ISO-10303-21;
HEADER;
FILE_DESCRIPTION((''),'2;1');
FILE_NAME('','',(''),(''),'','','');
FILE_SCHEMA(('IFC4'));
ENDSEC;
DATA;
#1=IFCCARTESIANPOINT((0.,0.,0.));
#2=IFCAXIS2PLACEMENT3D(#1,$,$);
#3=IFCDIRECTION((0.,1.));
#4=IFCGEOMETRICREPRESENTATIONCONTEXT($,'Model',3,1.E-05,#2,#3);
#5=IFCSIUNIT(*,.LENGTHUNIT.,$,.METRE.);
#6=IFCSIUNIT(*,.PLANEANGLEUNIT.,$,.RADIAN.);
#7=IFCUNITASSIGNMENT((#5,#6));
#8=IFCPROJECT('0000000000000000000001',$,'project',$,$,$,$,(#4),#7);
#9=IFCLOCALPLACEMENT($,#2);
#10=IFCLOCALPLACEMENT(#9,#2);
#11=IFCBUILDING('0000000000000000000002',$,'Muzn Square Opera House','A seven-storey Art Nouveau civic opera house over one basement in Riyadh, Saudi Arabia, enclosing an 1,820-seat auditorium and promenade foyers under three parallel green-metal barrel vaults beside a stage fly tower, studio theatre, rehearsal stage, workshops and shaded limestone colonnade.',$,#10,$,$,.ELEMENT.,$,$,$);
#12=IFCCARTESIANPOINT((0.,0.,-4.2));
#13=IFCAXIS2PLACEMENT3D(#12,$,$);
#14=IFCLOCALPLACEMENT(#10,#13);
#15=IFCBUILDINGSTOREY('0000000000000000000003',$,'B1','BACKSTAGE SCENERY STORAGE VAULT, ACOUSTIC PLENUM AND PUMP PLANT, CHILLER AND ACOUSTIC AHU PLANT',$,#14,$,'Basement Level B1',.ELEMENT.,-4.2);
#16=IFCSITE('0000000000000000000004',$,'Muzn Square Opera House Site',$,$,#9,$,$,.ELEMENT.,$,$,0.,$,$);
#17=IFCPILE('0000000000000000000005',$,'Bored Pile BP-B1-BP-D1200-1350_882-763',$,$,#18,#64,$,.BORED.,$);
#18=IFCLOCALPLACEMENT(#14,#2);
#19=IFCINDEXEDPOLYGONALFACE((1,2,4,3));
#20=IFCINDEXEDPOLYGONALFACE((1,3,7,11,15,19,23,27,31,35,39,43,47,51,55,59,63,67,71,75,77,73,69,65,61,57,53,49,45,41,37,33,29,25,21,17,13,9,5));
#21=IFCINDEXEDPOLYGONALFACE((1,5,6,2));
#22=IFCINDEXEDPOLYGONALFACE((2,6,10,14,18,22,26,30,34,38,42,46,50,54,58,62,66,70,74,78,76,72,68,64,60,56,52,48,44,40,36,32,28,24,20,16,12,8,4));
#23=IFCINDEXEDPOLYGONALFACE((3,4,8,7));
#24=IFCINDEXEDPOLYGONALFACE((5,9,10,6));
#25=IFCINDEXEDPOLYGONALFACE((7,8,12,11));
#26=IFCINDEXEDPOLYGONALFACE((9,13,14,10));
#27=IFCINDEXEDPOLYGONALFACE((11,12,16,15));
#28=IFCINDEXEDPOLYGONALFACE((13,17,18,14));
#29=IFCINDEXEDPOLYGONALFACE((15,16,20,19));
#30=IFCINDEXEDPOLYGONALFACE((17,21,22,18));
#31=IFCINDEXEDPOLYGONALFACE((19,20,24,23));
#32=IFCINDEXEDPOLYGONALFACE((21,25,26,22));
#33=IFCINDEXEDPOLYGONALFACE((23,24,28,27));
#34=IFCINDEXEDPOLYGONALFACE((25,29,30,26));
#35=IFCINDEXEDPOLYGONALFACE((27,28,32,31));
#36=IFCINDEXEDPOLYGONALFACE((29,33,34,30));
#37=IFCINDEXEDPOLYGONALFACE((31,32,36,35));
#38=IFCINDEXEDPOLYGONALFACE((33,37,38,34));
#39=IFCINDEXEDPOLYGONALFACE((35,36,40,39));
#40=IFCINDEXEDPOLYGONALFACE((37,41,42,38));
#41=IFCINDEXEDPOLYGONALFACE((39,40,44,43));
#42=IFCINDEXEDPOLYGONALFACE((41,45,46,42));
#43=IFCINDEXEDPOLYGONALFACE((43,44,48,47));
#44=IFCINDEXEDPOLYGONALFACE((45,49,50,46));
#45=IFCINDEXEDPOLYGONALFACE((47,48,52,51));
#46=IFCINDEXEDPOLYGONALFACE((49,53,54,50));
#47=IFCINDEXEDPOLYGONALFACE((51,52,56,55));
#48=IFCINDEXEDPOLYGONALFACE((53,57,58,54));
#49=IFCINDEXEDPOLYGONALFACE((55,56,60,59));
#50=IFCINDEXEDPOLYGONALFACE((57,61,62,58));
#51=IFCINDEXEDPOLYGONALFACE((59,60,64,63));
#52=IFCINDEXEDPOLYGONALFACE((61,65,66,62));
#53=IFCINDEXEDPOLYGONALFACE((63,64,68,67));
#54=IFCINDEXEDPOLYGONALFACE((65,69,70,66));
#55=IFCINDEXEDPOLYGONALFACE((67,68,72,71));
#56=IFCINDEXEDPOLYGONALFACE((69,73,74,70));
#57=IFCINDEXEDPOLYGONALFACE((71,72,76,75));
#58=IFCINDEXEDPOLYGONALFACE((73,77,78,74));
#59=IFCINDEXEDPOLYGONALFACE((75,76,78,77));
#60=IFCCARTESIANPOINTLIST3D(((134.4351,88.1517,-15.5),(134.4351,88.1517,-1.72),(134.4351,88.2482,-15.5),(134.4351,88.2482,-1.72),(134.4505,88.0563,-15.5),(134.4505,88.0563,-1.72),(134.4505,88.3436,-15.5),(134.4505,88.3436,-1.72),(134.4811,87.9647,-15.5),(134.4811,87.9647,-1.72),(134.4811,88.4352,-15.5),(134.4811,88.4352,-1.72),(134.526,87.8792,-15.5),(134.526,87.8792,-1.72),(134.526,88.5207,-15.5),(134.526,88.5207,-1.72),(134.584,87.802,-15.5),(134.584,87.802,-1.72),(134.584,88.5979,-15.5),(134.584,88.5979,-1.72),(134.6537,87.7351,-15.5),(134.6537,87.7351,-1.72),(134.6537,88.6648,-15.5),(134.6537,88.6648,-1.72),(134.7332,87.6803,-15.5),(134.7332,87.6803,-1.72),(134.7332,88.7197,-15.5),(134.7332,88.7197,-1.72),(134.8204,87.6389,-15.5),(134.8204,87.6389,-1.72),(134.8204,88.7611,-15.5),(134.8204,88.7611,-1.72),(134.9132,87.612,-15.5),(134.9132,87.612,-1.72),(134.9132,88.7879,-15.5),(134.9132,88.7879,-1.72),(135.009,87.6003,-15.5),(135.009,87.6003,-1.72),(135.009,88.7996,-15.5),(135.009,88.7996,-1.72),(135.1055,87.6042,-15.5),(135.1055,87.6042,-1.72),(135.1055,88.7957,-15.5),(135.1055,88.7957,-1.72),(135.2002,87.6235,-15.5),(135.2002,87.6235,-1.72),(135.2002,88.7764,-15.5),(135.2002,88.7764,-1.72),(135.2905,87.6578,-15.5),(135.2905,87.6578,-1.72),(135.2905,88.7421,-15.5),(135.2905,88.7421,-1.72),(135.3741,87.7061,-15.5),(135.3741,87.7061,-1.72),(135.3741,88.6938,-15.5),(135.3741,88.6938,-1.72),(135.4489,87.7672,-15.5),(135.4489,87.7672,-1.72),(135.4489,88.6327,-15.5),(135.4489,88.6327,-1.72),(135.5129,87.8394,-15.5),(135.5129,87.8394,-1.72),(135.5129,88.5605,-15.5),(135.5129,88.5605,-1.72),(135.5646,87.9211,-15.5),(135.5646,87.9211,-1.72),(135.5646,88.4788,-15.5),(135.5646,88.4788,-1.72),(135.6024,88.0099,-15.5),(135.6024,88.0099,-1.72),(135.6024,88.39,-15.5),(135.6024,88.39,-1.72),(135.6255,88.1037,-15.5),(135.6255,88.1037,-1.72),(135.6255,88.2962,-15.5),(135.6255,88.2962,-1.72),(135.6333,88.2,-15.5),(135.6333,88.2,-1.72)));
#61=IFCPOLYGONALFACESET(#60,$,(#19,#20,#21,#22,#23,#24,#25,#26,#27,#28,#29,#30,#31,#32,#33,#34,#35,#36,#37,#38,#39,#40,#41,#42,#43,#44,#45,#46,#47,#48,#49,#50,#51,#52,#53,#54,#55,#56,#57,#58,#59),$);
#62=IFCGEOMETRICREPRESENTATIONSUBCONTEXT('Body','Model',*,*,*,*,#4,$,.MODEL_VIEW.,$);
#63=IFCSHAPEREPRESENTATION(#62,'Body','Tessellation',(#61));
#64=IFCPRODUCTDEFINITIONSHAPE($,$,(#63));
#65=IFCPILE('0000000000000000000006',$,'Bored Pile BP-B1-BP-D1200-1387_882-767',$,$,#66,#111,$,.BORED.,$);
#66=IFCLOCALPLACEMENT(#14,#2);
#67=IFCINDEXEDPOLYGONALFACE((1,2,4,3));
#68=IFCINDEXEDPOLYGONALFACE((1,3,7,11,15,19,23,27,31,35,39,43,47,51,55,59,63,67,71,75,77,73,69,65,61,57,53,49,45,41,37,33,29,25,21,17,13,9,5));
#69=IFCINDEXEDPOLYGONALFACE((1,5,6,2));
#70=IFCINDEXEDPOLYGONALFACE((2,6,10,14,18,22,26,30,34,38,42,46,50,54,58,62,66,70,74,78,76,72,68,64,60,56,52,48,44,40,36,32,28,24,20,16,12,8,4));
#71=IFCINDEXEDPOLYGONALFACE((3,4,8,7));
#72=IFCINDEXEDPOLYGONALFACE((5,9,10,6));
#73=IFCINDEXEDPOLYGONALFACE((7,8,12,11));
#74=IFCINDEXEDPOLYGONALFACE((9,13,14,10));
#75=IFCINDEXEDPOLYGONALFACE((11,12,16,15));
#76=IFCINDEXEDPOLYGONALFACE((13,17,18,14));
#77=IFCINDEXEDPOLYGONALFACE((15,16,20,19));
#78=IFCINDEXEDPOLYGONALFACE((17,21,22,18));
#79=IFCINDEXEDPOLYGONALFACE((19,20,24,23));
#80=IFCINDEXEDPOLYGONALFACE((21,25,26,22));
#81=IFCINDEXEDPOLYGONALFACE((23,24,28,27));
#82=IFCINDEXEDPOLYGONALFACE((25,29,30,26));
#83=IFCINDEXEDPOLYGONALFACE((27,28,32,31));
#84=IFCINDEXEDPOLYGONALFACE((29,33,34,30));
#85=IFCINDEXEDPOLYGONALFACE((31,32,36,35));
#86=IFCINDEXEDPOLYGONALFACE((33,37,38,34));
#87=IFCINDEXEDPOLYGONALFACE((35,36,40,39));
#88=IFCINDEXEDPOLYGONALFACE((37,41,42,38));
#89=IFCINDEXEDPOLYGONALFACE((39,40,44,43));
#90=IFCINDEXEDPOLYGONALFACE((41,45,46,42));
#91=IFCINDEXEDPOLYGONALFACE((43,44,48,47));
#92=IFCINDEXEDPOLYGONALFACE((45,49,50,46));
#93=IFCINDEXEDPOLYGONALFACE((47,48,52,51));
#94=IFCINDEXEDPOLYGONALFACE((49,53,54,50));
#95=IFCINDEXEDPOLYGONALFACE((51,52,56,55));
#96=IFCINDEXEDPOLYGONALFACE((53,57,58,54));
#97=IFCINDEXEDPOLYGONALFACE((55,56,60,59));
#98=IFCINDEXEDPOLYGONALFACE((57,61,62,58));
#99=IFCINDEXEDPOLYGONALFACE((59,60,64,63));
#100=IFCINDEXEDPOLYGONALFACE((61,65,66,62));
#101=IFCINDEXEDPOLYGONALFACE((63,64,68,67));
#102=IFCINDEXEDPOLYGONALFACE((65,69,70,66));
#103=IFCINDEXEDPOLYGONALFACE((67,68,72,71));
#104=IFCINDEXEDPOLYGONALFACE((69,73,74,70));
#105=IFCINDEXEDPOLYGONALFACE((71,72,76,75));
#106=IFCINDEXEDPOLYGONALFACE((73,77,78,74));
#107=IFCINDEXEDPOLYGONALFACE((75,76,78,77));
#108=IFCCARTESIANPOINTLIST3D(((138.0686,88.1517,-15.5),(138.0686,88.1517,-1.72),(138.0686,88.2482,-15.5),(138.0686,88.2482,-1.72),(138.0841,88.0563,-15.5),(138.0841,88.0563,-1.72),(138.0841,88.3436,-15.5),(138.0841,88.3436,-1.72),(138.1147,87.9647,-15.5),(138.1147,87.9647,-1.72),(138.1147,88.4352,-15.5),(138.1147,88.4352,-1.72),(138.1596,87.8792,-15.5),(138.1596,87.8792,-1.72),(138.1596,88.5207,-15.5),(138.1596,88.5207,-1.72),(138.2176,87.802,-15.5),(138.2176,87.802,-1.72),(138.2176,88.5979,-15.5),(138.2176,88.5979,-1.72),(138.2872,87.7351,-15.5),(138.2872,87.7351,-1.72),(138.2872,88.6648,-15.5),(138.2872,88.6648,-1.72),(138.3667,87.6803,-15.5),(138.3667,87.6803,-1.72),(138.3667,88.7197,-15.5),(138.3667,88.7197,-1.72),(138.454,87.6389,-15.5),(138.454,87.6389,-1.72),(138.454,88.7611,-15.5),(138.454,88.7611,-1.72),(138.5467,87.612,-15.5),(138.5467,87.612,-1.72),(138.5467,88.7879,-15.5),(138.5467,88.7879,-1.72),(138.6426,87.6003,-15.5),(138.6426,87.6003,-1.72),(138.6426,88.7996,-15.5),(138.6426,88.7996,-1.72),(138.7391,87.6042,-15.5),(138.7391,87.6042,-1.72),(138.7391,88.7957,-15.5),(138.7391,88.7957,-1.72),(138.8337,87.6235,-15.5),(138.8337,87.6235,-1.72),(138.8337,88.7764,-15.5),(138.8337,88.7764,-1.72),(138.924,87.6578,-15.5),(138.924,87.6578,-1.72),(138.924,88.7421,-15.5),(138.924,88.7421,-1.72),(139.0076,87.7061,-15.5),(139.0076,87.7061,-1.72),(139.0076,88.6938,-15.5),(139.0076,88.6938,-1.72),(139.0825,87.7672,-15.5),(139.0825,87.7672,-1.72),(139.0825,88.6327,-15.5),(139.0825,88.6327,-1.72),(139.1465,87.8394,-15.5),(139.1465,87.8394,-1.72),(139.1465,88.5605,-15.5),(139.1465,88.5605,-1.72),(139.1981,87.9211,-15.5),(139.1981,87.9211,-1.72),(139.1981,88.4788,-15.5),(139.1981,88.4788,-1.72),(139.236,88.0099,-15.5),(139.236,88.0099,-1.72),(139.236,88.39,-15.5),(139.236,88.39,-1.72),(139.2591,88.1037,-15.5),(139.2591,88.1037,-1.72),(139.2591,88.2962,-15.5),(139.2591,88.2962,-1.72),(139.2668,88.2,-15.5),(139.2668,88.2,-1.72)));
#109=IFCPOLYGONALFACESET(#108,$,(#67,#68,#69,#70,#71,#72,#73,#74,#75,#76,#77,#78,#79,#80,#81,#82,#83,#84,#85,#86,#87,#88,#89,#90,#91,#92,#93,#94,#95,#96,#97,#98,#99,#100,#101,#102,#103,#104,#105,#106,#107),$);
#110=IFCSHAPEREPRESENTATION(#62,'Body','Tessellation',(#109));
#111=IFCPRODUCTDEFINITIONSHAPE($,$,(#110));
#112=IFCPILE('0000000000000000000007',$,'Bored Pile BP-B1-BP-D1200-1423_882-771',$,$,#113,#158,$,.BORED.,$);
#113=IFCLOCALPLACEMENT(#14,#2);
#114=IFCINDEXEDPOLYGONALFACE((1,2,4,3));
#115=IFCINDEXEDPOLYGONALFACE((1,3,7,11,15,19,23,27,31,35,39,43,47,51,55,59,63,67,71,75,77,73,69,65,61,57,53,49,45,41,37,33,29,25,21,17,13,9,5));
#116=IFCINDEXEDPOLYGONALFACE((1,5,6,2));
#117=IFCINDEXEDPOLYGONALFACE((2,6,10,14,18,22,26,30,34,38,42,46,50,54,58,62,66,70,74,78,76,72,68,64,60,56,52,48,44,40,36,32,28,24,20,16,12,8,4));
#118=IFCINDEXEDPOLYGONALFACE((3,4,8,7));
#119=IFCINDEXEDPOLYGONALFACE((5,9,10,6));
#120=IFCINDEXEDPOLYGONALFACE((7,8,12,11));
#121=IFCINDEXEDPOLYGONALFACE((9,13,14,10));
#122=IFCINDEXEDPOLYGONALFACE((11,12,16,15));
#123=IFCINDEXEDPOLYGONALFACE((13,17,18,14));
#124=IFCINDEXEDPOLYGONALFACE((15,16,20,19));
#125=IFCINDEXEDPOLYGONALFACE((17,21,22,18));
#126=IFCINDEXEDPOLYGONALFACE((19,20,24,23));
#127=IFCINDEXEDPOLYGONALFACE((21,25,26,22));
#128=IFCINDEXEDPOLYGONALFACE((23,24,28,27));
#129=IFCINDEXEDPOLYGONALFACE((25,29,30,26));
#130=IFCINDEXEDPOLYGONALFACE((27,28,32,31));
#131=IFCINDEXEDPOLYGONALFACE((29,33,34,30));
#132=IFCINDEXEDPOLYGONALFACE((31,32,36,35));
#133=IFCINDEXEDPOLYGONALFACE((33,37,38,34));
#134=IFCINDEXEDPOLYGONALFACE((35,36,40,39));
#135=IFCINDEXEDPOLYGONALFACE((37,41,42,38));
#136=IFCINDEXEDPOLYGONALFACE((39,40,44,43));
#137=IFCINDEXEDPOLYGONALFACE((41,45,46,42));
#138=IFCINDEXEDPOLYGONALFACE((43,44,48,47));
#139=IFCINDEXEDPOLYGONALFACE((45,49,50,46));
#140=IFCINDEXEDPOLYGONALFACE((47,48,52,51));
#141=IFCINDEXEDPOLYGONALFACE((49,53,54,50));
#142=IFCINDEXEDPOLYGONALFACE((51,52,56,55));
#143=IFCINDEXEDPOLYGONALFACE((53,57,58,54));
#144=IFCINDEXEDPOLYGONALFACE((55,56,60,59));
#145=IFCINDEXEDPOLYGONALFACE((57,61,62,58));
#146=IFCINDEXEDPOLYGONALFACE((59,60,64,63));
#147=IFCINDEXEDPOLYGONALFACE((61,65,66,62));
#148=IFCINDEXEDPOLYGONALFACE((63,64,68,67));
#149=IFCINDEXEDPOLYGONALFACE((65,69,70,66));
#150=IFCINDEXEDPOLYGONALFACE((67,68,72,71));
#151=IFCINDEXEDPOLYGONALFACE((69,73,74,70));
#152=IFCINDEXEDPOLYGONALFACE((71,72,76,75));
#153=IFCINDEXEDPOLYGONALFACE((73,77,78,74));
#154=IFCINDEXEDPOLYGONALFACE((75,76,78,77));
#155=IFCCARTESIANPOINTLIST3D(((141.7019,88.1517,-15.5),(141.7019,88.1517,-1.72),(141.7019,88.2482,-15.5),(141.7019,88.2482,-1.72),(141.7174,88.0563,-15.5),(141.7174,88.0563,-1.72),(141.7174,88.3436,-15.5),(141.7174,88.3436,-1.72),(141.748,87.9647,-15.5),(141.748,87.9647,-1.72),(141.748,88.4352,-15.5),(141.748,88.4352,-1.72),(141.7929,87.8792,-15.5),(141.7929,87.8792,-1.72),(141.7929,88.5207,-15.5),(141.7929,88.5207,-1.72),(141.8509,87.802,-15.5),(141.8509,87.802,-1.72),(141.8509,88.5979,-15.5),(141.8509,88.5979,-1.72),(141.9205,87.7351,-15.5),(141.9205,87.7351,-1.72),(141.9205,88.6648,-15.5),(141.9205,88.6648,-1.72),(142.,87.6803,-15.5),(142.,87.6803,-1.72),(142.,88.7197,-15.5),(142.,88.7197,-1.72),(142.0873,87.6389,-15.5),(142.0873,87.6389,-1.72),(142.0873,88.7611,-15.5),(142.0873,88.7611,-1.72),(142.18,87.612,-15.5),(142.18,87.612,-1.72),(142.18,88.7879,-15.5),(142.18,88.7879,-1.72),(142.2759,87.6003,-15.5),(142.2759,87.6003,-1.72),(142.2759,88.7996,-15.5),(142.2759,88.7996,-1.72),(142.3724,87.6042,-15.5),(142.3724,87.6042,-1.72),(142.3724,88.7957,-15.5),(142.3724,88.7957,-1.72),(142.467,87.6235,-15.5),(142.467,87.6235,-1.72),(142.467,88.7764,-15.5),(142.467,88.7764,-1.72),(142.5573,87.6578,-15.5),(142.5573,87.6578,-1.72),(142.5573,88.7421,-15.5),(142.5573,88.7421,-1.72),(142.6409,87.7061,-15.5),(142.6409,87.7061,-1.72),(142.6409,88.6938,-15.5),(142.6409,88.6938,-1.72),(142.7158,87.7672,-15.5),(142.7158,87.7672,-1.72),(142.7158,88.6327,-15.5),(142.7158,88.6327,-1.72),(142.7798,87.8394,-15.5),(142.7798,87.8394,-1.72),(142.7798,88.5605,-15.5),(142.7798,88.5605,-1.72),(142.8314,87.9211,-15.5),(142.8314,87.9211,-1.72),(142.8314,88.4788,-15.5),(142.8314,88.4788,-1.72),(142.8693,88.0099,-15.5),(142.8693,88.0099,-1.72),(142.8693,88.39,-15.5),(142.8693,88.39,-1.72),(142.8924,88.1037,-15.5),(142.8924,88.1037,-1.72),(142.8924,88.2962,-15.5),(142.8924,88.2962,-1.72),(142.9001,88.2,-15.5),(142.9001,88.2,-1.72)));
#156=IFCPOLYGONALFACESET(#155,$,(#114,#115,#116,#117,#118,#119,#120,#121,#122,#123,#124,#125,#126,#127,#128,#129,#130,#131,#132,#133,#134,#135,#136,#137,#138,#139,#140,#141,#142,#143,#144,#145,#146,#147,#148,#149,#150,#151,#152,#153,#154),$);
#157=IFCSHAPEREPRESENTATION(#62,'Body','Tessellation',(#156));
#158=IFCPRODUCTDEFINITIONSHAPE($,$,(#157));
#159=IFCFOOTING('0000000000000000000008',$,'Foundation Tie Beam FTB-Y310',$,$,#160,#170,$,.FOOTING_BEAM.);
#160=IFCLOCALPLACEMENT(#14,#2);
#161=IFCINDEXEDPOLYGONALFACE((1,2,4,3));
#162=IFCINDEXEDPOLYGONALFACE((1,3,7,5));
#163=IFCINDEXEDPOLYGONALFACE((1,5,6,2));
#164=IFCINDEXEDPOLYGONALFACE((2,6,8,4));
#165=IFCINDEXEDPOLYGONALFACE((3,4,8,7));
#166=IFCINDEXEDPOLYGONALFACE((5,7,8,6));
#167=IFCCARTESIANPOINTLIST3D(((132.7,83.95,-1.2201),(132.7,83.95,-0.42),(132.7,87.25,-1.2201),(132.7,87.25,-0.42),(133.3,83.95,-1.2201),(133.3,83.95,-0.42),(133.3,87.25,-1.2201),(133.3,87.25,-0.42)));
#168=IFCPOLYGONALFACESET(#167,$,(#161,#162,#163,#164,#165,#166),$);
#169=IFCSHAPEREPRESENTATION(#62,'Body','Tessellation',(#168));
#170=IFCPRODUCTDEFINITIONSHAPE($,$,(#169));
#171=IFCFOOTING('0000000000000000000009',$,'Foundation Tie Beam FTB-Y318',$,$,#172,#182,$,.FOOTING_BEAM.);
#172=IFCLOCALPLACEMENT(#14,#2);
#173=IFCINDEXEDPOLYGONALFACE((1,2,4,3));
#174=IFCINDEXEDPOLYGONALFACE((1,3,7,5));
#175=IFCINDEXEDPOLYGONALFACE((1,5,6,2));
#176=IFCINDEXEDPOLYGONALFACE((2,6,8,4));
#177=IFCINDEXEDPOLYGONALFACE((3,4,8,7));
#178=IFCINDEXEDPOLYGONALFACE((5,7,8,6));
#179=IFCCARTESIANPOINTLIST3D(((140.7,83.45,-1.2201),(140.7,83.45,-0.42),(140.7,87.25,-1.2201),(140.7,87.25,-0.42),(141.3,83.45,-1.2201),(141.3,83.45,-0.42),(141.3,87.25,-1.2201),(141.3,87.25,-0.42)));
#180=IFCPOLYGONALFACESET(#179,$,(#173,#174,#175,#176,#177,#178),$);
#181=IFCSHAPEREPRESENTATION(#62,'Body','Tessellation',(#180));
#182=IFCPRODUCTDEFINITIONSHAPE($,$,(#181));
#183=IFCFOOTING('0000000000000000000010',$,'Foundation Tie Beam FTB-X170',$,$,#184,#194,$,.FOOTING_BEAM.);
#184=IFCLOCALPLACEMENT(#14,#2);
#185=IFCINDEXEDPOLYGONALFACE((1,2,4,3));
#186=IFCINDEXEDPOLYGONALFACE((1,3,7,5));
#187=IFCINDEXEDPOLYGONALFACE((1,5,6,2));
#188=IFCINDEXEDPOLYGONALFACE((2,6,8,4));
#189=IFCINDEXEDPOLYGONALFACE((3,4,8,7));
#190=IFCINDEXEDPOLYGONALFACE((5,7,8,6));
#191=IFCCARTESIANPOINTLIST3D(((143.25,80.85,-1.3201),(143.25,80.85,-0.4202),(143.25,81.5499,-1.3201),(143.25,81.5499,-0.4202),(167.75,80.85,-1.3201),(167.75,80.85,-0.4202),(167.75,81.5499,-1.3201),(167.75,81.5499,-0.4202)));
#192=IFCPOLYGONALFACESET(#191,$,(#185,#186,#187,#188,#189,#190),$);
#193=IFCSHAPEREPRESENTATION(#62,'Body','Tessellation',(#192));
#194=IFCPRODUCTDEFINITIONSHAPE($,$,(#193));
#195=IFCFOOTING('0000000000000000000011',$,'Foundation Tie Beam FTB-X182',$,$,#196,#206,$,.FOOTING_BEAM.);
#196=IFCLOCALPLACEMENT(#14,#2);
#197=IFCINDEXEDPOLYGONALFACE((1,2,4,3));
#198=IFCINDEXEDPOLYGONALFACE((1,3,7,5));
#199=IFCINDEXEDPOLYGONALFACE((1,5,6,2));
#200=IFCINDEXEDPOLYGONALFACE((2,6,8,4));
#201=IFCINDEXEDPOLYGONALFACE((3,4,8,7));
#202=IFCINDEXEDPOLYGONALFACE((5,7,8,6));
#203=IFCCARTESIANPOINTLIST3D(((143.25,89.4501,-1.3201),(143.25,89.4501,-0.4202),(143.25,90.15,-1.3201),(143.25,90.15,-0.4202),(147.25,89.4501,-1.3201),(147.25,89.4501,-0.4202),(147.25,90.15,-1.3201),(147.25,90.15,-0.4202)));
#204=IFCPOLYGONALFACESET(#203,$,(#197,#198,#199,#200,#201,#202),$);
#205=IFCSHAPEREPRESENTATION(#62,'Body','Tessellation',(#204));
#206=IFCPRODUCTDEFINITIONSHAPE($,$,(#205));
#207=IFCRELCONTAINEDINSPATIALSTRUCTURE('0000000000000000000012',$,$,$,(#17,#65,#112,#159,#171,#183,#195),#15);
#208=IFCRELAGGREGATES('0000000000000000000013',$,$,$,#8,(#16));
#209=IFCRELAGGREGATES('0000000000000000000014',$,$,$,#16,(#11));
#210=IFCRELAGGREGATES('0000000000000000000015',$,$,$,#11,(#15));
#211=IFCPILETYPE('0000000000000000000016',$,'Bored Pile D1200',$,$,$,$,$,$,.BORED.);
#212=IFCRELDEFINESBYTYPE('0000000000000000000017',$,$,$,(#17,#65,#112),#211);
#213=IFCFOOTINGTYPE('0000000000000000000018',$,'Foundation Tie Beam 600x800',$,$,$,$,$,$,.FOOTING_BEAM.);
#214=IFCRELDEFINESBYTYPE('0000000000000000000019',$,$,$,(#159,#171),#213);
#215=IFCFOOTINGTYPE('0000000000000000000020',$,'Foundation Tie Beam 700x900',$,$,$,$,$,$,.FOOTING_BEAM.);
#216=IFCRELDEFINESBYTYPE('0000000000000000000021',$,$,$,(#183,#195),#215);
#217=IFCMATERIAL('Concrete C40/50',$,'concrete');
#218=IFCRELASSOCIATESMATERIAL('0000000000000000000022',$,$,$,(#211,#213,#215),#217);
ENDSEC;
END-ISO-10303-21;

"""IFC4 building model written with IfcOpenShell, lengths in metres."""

from ifc_helpers import new_model, si_unit, direction, frame, origin, origin_2d, place, context, subcontext, project, spatial, rectangle, circle, extrude, material, material_profile, profile_set, type_object, element, save


model = new_model("IFC4")

# Units and contexts
model_context = context("Model", 3, precision=1e-05, world=origin(), true_north=direction((0.0, 1.0)))
body_context = subcontext(model_context, "Body", "Model", "MODEL_VIEW")
ifc_project = project(units=[si_unit("LENGTHUNIT", "METRE"), si_unit("PLANEANGLEUNIT", "RADIAN")], contexts=[model_context])

# Site, building, storey
site_placement = place(None, origin())
site = spatial("IfcSite", under=ifc_project, at=site_placement, Name="Muzn Square Opera House Site", CompositionType="ELEMENT", RefElevation=0.0)
building_placement = place(site_placement, origin())
building = spatial("IfcBuilding", under=site, at=building_placement, Name="Muzn Square Opera House", Description="A seven-storey Art Nouveau civic opera house over one basement in Riyadh, Saudi Arabia, enclosing an 1,820-seat auditorium and promenade foyers under three parallel green-metal barrel vaults beside a stage fly tower, studio theatre, rehearsal stage, workshops and shaded limestone colonnade.", CompositionType="ELEMENT")
storey_placement = place(building_placement, frame((0.0, 0.0, -4.2)))
storey = spatial("IfcBuildingStorey", under=building, at=storey_placement, Name="B1", Description="BACKSTAGE SCENERY STORAGE VAULT, ACOUSTIC PLENUM AND PUMP PLANT, CHILLER AND ACOUSTIC AHU PLANT", LongName="Basement Level B1", CompositionType="ELEMENT", Elevation=-4.2)

# Piles
ifc_material_1 = material(Name="Concrete C40/50", Category="concrete")
ifc_material_profile_1 = material_profile(ifc_material_1, circle(Radius=0.6001, at=origin_2d()), Name="BORED PILE D1200", Category="concrete")
ifc_profile_set_1 = profile_set([ifc_material_profile_1], Name="Concrete C40/50")
pile_type = type_object("IfcPileType", Name="Bored Pile D1200", PredefinedType="BORED", material=ifc_profile_set_1)
for number, where, z_axis, x_axis, name in (
    (1, (135.0332, 88.2, -1.72), (0.0, 0.0, -1.0), (1.0, 0.0, 0.0), "Bored Pile BP-B1-BP-D1200-1350_882-763"),
    (2, (138.6667, 88.2, -1.72), (0.0, 0.0, -1.0), (1.0, 0.0, 0.0), "Bored Pile BP-B1-BP-D1200-1387_882-767"),
    (3, (142.3, 88.2, -1.72), (0.0, 0.0, -1.0), (1.0, 0.0, 0.0), "Bored Pile BP-B1-BP-D1200-1423_882-771"),
):
    element("IfcPile", number, at=place(storey_placement, frame(where, z_axis=z_axis, x_axis=x_axis)), inside=storey, type_object=pile_type, Name=name, PredefinedType="BORED", context=body_context, shape_type="SweptSolid", body=[
        extrude(circle(Radius=0.6001, at=origin_2d()), origin(), (0.0, 0.0, 1.0), 13.78),
    ])

# Footings
ifc_material_profile_2 = material_profile(ifc_material_1, rectangle(XDim=0.6001, YDim=0.8, at=origin_2d()), Name="RCTB 600x800", Category="concrete")
ifc_profile_set_2 = profile_set([ifc_material_profile_2], Name="Concrete C40/50")
footing_type_1 = type_object("IfcFootingType", Name="Foundation Tie Beam 600x800", PredefinedType="FOOTING_BEAM", material=ifc_profile_set_2)
footing_1_placement = place(storey_placement, frame((133.0, 83.95, -0.8201), z_axis=(0.0, 1.0, 0.0), x_axis=(-1.0, 0.0, 0.0)))
element("IfcFooting", 4, at=footing_1_placement, inside=storey, type_object=footing_type_1, Name="Foundation Tie Beam FTB-Y310", PredefinedType="FOOTING_BEAM", context=body_context, shape_type="SweptSolid", body=[
    extrude(rectangle(XDim=0.6001, YDim=0.8, at=origin_2d()), origin(), (0.0, 0.0, 1.0), 3.3),
])
footing_2_placement = place(storey_placement, frame((141.0, 83.45, -0.8201), z_axis=(0.0, 1.0, 0.0), x_axis=(-1.0, 0.0, 0.0)))
element("IfcFooting", 5, at=footing_2_placement, inside=storey, type_object=footing_type_1, Name="Foundation Tie Beam FTB-Y318", PredefinedType="FOOTING_BEAM", context=body_context, shape_type="SweptSolid", body=[
    extrude(rectangle(XDim=0.6001, YDim=0.8, at=origin_2d()), origin(), (0.0, 0.0, 1.0), 3.8),
])
ifc_material_profile_3 = material_profile(ifc_material_1, rectangle(XDim=0.7, YDim=0.8999, at=origin_2d()), Name="RCTB 700x900", Category="concrete")
ifc_profile_set_3 = profile_set([ifc_material_profile_3], Name="Concrete C40/50")
footing_type_2 = type_object("IfcFootingType", Name="Foundation Tie Beam 700x900", PredefinedType="FOOTING_BEAM", material=ifc_profile_set_3)
footing_3_placement = place(storey_placement, frame((143.25, 81.2, -0.8701), z_axis=(1.0, 0.0, 0.0), x_axis=(0.0, 1.0, 0.0)))
element("IfcFooting", 6, at=footing_3_placement, inside=storey, type_object=footing_type_2, Name="Foundation Tie Beam FTB-X170", PredefinedType="FOOTING_BEAM", context=body_context, shape_type="SweptSolid", body=[
    extrude(rectangle(XDim=0.7, YDim=0.8999, at=origin_2d()), origin(), (0.0, 0.0, 1.0), 24.5),
])
footing_4_placement = place(storey_placement, frame((143.25, 89.8, -0.8701), z_axis=(1.0, 0.0, 0.0), x_axis=(0.0, 1.0, 0.0)))
element("IfcFooting", 7, at=footing_4_placement, inside=storey, type_object=footing_type_2, Name="Foundation Tie Beam FTB-X182", PredefinedType="FOOTING_BEAM", context=body_context, shape_type="SweptSolid", body=[
    extrude(rectangle(XDim=0.7, YDim=0.8999, at=origin_2d()), origin(), (0.0, 0.0, 1.0), 4.0),
])

save(model, "model.ifc")
